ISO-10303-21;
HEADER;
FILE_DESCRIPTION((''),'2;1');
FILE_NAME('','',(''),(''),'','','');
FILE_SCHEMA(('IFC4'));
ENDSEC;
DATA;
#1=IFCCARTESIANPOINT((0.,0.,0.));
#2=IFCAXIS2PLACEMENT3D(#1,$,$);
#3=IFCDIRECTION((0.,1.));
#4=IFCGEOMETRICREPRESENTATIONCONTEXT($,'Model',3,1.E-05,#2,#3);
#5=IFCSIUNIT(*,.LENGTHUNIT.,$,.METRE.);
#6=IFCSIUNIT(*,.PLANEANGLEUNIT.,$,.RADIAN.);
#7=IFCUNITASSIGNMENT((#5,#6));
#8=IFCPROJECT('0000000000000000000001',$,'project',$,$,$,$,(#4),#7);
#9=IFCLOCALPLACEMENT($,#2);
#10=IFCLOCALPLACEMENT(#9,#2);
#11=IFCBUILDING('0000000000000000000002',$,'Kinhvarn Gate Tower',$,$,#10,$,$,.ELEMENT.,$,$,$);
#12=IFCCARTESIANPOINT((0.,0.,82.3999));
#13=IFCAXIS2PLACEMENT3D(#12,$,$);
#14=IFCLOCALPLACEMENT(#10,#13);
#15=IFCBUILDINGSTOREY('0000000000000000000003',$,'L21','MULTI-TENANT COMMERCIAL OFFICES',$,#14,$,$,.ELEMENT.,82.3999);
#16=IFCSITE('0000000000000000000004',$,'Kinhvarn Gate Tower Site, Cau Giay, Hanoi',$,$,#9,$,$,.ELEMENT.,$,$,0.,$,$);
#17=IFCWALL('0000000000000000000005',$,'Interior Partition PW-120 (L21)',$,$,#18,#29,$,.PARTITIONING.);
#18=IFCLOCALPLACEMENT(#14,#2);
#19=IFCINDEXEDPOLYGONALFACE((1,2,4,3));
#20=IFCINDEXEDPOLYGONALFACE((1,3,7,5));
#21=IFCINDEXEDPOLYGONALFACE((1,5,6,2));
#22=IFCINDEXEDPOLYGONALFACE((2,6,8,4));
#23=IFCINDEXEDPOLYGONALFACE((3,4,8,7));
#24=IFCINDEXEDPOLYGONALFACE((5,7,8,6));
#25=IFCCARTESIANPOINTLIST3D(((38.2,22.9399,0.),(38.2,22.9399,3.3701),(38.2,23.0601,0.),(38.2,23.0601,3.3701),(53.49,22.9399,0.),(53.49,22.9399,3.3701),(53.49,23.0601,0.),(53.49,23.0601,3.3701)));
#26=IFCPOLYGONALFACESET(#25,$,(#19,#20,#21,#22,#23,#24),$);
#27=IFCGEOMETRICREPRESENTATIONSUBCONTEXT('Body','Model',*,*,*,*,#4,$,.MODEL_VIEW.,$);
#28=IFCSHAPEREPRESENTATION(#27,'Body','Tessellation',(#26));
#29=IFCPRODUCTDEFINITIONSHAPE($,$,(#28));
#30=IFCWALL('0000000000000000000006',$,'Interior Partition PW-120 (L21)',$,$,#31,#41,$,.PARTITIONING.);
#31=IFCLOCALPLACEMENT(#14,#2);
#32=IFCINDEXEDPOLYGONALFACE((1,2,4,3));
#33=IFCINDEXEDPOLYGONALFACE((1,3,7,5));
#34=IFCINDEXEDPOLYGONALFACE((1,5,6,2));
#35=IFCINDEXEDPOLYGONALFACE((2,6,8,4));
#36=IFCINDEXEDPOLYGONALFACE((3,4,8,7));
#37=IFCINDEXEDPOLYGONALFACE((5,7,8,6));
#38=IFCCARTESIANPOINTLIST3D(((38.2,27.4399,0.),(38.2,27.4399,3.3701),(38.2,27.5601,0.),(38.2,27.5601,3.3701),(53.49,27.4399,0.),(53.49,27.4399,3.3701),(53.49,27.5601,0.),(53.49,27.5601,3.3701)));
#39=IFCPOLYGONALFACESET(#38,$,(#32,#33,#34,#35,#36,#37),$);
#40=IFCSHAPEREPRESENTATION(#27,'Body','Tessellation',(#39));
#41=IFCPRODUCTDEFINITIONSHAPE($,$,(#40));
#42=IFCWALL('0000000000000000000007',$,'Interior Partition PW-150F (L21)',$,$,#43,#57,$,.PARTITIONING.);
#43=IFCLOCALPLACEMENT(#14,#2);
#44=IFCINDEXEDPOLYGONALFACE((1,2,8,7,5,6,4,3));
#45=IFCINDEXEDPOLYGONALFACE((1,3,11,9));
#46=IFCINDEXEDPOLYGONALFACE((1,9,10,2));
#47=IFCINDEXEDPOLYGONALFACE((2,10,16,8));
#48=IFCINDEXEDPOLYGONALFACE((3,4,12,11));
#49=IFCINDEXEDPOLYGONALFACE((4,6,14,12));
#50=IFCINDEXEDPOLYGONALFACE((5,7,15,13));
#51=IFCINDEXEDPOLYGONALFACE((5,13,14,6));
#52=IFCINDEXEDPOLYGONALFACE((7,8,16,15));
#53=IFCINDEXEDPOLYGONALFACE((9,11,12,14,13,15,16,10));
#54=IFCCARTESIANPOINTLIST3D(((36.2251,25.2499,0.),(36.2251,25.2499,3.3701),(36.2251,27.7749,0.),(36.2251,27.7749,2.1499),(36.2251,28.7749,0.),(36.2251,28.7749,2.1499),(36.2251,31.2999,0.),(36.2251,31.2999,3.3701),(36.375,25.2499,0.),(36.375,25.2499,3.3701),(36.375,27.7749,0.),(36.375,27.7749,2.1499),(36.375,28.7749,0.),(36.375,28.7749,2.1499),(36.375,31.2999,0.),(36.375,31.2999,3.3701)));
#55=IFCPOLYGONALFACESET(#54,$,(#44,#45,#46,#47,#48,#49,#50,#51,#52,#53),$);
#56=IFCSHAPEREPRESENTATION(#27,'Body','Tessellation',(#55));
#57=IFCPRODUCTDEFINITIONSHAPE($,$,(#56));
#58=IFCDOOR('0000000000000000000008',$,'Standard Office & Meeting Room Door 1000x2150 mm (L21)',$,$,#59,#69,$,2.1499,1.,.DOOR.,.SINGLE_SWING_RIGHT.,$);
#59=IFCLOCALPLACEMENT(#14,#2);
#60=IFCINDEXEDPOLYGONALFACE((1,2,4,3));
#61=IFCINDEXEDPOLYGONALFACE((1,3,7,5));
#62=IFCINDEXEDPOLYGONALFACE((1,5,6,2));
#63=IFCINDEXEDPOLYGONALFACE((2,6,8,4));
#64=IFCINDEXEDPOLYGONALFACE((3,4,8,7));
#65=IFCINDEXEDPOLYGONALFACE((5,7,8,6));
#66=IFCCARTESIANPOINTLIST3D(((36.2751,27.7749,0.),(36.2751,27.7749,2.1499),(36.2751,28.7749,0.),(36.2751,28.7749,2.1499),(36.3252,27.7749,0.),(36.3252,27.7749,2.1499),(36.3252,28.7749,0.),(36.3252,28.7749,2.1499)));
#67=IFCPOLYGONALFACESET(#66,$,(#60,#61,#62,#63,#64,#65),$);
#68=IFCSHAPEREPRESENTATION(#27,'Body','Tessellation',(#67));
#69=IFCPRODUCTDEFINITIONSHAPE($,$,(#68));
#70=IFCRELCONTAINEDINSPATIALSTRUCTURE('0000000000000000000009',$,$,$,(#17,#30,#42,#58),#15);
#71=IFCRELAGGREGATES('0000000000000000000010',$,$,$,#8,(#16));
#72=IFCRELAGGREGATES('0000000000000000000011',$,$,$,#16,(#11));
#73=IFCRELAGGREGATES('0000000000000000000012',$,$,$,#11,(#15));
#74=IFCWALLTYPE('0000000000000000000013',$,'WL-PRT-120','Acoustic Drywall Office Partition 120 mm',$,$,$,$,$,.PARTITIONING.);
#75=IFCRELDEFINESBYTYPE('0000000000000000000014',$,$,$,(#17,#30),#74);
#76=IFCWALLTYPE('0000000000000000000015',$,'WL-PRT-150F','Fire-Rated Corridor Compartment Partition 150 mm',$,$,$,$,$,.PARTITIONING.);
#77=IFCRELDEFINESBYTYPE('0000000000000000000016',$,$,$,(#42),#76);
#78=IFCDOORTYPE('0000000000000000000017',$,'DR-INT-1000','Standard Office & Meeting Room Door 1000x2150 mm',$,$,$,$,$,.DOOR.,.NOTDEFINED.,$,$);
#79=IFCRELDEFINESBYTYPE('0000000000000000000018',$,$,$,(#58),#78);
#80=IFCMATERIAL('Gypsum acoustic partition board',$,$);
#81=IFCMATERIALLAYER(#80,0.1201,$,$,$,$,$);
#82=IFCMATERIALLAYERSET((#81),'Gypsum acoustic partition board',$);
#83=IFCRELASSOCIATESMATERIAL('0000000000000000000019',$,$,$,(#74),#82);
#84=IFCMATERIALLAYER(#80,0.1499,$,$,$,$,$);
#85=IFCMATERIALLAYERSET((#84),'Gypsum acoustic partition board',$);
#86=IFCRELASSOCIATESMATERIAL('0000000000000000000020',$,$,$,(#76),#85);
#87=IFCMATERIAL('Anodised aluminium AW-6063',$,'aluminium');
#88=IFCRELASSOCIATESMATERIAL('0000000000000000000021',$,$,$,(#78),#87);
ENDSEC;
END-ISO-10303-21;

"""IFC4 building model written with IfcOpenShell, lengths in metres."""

from ifc_helpers import new_model, si_unit, direction, frame, frame_2d, origin, place, context, subcontext, project, spatial, rectangle, extrude, material, layer, layer_set, type_object, element, fill, save


model = new_model("IFC4")

# Units and contexts
model_context = context("Model", 3, precision=1e-05, world=origin(), true_north=direction((0.0, 1.0)))
body_context = subcontext(model_context, "Body", "Model", "MODEL_VIEW")
ifc_project = project(units=[si_unit("LENGTHUNIT", "METRE"), si_unit("PLANEANGLEUNIT", "RADIAN")], contexts=[model_context])

# Site, building, storey
site_placement = place(None, origin())
site = spatial("IfcSite", under=ifc_project, at=site_placement, Name="Kinhvarn Gate Tower Site, Cau Giay, Hanoi", CompositionType="ELEMENT", RefElevation=0.0)
building_placement = place(site_placement, origin())
building = spatial("IfcBuilding", under=site, at=building_placement, Name="Kinhvarn Gate Tower", CompositionType="ELEMENT")
storey_placement = place(building_placement, frame((0.0, 0.0, 82.3999)))
storey = spatial("IfcBuildingStorey", under=building, at=storey_placement, Name="L21", Description="MULTI-TENANT COMMERCIAL OFFICES", CompositionType="ELEMENT", Elevation=82.3999)

# Walls
ifc_material_1 = material(Name="Gypsum acoustic partition board")
ifc_layer_1 = layer(ifc_material_1, 0.1201)
ifc_layer_set_1 = layer_set([ifc_layer_1], Name="Gypsum acoustic partition board")
wall_type_1 = type_object("IfcWallType", Name="WL-PRT-120", Description="Acoustic Drywall Office Partition 120 mm", PredefinedType="PARTITIONING", material=ifc_layer_set_1)
for number, where, z_axis, x_axis, name in (
    (1, (38.2, 23.0, 0.0), (0.0, 0.0, 1.0), (1.0, 0.0, 0.0), "Interior Partition PW-120 (L21)"),
    (2, (38.2, 27.5, 0.0), (0.0, 0.0, 1.0), (1.0, 0.0, 0.0), "Interior Partition PW-120 (L21)"),
):
    element("IfcWall", number, at=place(storey_placement, frame(where, z_axis=z_axis, x_axis=x_axis)), inside=storey, type_object=wall_type_1, Name=name, PredefinedType="PARTITIONING", context=body_context, shape_type="SweptSolid", body=[
        extrude(rectangle(XDim=15.29, YDim=0.1201, at=frame_2d((7.645, 0.0))), origin(), (0.0, 0.0, 1.0), 3.3701),
    ])

# Wall, opening, door
ifc_layer_2 = layer(ifc_material_1, 0.1499)
ifc_layer_set_2 = layer_set([ifc_layer_2], Name="Gypsum acoustic partition board")
wall_type_2 = type_object("IfcWallType", Name="WL-PRT-150F", Description="Fire-Rated Corridor Compartment Partition 150 mm", PredefinedType="PARTITIONING", material=ifc_layer_set_2)
wall_1_placement = place(storey_placement, frame((36.3, 25.25, 0.0), z_axis=(0.0, 0.0, 1.0), x_axis=(0.0, 1.0, 0.0)))
wall_1 = element("IfcWall", 3, at=wall_1_placement, inside=storey, type_object=wall_type_2, Name="Interior Partition PW-150F (L21)", PredefinedType="PARTITIONING", context=body_context, shape_type="SweptSolid", body=[
    extrude(rectangle(XDim=6.05, YDim=0.1499, at=frame_2d((3.0249, 0.0))), origin(), (0.0, 0.0, 1.0), 3.3701),
])
opening_1_placement = place(wall_1_placement, frame((2.5249, 0.0, 0.0)))
opening_1 = element("IfcOpeningElement", 4, at=opening_1_placement, cuts=wall_1, PredefinedType="OPENING", context=body_context, shape_type="SweptSolid", body=[
    extrude(rectangle(XDim=1.0, YDim=2.1499, at=frame_2d((0.5, 1.075))), frame((0.0, 0.085, 0.0), z_axis=(0.0, -1.0, 0.0), x_axis=(1.0, 0.0, 0.0)), (0.0, 0.0, 1.0), 0.1699),
])
ifc_material_2 = material(Name="Anodised aluminium AW-6063", Category="aluminium")
door_type = type_object("IfcDoorType", Name="DR-INT-1000", Description="Standard Office & Meeting Room Door 1000x2150 mm", OperationType="NOTDEFINED", PredefinedType="DOOR", material=ifc_material_2)
door_1_placement = place(opening_1_placement, origin())
door_1 = element("IfcDoor", 5, at=door_1_placement, inside=storey, type_object=door_type, Name="Standard Office & Meeting Room Door 1000x2150 mm (L21)", OperationType="SINGLE_SWING_RIGHT", OverallHeight=2.1499, OverallWidth=1.0, PredefinedType="DOOR", context=body_context, shape_type="SweptSolid", body=[
    extrude(rectangle(XDim=1.0, YDim=2.1499, at=frame_2d((0.5, 1.075))), frame((0.0, 0.0249, 0.0), z_axis=(0.0, -1.0, 0.0), x_axis=(1.0, 0.0, 0.0)), (0.0, 0.0, 1.0), 0.05),
])
fill(opening_1, door_1)

save(model, "model.ifc")
